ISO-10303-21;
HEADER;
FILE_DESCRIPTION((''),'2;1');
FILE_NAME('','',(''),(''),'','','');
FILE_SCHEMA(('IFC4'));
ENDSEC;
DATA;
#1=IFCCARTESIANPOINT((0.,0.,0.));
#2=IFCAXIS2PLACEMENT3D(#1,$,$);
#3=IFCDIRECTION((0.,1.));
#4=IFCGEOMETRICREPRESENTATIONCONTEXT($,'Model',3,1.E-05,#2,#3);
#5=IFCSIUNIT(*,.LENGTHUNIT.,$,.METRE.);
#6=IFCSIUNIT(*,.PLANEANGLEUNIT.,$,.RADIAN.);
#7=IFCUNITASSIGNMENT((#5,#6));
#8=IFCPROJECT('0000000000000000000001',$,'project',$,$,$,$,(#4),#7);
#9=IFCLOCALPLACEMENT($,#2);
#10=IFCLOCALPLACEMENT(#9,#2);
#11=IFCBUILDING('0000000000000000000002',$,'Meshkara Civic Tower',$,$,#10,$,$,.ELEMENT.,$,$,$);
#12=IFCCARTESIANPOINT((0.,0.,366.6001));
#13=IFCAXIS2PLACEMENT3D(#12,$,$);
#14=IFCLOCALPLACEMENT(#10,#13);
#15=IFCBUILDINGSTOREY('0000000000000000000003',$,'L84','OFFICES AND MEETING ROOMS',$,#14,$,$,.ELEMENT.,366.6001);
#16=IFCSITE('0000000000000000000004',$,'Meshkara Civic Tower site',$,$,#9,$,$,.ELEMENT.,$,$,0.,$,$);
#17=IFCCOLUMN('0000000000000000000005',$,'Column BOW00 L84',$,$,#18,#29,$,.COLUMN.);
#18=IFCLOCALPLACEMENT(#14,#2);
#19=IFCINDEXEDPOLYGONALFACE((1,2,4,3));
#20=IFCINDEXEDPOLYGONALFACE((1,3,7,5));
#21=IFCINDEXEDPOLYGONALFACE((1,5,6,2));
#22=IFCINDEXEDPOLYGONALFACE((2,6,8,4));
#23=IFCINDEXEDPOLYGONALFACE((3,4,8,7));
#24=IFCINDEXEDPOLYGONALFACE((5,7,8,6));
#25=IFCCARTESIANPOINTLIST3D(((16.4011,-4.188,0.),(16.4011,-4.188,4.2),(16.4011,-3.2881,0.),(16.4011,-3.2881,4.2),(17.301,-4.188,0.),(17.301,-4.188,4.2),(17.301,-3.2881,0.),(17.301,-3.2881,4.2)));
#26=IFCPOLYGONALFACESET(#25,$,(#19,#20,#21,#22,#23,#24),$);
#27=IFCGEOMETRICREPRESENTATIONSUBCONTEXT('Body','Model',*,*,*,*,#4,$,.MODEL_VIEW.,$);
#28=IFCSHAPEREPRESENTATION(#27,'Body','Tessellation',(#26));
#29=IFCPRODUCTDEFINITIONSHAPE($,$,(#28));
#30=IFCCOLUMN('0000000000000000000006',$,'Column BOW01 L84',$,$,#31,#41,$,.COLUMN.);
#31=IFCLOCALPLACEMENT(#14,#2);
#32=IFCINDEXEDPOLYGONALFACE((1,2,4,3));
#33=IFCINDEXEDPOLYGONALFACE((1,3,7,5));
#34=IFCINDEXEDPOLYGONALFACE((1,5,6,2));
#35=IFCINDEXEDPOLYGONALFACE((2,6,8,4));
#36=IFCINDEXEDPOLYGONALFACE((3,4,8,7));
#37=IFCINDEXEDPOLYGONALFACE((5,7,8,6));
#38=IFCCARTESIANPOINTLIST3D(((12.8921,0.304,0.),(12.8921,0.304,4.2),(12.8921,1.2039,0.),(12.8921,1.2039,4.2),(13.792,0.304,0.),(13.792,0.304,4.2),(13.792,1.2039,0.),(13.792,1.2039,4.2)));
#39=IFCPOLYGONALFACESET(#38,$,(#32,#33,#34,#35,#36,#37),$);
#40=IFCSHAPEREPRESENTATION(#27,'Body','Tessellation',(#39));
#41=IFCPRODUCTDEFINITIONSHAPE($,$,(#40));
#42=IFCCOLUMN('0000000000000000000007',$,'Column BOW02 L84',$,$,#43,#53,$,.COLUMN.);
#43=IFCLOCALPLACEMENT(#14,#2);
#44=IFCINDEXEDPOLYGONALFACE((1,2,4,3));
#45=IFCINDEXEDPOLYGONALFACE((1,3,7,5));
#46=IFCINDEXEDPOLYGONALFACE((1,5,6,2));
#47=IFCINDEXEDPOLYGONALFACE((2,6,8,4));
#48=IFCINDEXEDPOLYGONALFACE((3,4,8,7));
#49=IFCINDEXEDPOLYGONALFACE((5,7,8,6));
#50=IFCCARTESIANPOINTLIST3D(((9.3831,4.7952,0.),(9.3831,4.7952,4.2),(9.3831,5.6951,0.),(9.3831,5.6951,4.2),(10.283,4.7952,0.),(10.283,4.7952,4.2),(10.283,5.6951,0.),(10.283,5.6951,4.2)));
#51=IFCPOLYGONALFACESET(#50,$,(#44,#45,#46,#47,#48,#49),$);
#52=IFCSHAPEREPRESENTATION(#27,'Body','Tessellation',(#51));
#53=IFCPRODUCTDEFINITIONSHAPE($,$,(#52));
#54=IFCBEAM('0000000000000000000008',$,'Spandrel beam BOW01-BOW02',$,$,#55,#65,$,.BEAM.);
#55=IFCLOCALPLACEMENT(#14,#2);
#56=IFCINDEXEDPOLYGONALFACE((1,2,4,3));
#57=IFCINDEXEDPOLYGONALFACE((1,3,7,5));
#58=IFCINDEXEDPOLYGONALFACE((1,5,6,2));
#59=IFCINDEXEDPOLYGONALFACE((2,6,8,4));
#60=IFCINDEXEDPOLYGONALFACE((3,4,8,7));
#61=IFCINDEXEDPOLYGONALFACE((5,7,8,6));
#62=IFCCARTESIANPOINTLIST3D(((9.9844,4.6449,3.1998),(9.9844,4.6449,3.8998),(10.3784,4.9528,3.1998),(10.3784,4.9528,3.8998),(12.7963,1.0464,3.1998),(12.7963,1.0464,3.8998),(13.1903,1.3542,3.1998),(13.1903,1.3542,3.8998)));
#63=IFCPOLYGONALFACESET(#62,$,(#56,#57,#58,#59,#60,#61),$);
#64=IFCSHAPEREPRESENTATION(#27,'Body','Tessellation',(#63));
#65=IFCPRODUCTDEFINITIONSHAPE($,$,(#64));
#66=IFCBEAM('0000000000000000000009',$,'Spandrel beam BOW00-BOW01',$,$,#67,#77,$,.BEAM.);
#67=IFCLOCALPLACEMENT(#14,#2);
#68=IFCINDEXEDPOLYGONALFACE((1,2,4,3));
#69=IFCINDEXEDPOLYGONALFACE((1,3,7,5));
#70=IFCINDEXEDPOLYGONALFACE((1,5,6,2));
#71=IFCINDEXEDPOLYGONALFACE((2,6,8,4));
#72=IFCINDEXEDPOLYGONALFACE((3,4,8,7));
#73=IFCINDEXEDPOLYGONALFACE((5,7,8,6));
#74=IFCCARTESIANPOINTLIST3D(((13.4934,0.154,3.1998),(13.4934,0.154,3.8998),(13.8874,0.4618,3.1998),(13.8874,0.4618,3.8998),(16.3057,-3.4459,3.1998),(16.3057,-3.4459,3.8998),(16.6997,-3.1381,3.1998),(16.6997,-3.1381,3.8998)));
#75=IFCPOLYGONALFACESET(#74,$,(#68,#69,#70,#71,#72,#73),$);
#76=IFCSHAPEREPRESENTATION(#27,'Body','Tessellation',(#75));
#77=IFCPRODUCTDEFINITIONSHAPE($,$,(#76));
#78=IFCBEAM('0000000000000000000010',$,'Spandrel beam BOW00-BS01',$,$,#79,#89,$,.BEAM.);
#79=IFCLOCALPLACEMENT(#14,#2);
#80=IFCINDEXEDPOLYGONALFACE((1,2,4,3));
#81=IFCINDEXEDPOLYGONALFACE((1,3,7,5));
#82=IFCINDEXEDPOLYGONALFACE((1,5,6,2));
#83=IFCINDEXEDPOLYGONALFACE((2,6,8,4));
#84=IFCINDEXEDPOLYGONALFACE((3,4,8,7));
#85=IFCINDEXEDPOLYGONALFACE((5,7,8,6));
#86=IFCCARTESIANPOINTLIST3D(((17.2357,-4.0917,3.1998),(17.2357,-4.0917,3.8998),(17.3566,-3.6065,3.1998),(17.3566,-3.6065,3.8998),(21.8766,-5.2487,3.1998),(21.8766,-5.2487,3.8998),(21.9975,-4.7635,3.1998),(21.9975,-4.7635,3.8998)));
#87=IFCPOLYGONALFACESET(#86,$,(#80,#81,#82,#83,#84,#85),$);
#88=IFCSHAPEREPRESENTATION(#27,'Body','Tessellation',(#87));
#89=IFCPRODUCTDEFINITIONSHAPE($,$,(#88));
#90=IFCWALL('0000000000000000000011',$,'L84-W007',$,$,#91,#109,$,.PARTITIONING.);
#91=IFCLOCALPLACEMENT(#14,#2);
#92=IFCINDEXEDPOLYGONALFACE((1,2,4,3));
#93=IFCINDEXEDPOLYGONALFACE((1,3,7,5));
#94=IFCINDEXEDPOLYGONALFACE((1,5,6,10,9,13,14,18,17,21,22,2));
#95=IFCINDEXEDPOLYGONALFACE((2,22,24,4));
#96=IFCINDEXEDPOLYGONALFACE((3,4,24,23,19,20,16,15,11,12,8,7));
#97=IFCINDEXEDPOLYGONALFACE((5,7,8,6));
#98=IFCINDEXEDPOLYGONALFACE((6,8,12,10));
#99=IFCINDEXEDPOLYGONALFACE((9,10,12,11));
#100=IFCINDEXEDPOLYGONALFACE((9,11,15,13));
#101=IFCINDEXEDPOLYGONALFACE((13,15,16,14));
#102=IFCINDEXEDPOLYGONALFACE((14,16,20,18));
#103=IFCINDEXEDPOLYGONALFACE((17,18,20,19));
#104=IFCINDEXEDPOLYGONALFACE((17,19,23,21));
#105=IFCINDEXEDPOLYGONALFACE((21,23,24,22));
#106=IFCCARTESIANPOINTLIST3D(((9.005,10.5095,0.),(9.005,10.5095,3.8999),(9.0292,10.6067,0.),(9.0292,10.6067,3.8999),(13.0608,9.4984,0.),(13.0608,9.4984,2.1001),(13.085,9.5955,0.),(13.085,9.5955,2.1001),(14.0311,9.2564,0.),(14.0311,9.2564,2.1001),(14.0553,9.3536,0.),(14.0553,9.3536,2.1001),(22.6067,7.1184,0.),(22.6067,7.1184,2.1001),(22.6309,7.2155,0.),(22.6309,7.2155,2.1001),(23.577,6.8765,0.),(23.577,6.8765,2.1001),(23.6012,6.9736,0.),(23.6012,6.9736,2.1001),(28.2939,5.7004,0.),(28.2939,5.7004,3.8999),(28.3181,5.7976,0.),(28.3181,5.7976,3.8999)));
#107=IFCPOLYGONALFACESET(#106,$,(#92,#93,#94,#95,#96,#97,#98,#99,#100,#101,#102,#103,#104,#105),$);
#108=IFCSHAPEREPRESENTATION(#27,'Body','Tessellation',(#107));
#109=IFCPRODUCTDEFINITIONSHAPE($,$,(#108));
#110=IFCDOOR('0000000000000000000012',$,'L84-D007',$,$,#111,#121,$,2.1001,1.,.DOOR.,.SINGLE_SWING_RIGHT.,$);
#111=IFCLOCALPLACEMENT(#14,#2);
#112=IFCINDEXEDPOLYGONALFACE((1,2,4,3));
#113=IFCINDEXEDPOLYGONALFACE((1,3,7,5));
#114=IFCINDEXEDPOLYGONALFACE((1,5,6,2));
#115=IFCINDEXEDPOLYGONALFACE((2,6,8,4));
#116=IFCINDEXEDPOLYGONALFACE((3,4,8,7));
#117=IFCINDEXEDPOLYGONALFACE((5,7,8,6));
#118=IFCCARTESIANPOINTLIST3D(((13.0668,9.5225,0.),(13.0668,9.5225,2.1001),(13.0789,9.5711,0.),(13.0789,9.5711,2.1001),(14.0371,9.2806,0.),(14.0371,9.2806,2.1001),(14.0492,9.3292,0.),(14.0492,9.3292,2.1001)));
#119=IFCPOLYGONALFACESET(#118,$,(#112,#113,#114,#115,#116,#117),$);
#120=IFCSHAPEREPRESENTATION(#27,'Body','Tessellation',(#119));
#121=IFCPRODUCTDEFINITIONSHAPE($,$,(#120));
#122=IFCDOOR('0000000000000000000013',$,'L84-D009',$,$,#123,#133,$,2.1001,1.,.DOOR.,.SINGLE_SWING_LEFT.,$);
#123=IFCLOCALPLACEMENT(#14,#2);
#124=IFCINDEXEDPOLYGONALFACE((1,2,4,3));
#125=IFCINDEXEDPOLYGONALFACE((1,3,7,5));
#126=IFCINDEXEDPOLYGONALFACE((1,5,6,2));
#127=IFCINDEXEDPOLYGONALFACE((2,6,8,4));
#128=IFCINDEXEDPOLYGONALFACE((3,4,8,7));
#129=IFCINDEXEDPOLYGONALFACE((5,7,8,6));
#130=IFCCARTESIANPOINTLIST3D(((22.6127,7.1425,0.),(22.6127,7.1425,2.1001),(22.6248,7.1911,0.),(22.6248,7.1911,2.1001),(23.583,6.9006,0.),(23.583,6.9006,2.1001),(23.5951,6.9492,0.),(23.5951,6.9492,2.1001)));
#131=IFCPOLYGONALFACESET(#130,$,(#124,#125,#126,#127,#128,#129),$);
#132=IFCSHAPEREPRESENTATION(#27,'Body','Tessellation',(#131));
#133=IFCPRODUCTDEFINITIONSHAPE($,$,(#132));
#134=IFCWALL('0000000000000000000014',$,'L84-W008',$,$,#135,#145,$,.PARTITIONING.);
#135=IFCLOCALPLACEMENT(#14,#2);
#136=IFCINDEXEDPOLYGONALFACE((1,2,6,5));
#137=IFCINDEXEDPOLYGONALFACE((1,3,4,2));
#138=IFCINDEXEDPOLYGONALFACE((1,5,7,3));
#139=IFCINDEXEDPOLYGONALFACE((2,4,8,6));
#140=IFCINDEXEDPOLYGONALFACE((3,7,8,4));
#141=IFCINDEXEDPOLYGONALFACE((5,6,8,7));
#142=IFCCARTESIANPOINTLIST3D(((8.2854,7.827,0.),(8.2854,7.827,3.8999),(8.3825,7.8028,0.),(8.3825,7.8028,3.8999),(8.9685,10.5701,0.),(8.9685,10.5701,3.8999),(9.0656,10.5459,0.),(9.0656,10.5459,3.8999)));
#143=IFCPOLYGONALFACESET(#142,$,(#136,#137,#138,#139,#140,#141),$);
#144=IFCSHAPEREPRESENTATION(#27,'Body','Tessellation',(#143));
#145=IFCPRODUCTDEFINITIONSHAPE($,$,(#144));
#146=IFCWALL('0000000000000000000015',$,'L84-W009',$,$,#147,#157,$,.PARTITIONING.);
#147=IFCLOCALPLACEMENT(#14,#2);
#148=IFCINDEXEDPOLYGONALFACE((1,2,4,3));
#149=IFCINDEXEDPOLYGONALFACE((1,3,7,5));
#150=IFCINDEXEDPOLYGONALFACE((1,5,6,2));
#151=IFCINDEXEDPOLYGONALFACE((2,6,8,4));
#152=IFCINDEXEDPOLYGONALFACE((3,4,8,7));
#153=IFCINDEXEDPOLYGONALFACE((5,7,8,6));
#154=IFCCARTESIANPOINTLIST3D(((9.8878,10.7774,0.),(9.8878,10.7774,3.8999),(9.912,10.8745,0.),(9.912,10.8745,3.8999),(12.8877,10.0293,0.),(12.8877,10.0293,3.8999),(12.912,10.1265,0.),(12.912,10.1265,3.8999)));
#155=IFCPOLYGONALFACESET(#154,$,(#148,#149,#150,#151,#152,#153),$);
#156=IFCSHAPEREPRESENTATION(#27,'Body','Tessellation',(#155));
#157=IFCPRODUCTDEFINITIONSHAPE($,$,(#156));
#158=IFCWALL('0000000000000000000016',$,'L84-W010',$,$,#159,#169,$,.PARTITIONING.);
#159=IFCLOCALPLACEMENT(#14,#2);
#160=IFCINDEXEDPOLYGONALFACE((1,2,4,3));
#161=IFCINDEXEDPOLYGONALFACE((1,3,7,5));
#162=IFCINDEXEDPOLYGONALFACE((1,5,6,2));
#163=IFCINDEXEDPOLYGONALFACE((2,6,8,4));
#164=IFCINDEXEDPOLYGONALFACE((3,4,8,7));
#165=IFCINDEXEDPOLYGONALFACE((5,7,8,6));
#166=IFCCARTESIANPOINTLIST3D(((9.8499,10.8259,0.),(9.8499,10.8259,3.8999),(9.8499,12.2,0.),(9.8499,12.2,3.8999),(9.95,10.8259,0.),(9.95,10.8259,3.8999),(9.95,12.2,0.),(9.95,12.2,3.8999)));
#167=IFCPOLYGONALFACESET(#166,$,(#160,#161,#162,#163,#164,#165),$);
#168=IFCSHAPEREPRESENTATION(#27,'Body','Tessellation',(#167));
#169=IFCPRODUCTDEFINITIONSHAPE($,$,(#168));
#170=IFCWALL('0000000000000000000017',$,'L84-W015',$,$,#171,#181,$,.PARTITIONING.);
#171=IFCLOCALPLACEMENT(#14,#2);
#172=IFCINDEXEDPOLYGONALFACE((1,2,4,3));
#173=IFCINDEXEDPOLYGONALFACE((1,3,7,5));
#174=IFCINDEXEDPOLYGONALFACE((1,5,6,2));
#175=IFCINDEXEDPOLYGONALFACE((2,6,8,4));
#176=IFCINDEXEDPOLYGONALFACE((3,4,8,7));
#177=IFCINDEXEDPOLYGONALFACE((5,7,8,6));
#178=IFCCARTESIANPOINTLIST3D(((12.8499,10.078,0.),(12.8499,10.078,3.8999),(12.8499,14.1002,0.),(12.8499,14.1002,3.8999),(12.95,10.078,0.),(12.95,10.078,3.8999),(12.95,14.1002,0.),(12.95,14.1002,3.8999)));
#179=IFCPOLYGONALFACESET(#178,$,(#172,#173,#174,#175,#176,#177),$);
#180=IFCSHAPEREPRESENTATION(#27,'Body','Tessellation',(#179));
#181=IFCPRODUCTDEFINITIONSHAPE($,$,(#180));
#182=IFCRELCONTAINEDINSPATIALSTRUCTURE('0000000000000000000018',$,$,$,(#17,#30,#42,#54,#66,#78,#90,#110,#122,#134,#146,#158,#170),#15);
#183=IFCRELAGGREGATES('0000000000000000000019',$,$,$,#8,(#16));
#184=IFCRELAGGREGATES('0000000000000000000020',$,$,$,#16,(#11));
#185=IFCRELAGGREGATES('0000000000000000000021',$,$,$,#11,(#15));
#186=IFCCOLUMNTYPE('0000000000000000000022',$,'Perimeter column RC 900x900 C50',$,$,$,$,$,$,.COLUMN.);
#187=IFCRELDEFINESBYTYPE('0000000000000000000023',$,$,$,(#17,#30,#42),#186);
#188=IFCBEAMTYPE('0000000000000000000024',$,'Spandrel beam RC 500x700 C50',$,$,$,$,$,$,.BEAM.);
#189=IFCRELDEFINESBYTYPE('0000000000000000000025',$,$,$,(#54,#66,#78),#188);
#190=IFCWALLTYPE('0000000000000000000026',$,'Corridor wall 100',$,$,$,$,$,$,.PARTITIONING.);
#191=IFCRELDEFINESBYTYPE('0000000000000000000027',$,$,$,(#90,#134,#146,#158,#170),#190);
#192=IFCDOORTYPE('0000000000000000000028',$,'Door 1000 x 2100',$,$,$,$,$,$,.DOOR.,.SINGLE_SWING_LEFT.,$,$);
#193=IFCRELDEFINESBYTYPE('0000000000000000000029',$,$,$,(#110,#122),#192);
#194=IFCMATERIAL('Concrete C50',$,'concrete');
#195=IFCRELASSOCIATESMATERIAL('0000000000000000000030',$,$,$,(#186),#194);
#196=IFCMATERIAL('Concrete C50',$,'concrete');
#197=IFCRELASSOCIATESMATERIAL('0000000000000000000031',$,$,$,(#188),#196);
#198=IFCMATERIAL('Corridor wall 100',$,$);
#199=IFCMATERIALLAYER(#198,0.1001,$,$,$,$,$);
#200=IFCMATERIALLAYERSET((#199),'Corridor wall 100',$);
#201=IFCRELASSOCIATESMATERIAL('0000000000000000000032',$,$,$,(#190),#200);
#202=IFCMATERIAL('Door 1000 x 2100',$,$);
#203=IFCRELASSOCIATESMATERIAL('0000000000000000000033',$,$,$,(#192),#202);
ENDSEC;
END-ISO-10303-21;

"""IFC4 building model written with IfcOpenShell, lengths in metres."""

from ifc_helpers import new_model, si_unit, direction, frame, frame_2d, origin, origin_2d, place, context, subcontext, project, spatial, rectangle, extrude, material, layer, layer_set, material_profile, profile_set, type_object, element, fill, save


model = new_model("IFC4")

# Units and contexts
model_context = context("Model", 3, precision=1e-05, world=origin(), true_north=direction((0.0, 1.0)))
body_context = subcontext(model_context, "Body", "Model", "MODEL_VIEW")
ifc_project = project(units=[si_unit("LENGTHUNIT", "METRE"), si_unit("PLANEANGLEUNIT", "RADIAN")], contexts=[model_context])

# Site, building, storey
site_placement = place(None, origin())
site = spatial("IfcSite", under=ifc_project, at=site_placement, Name="Meshkara Civic Tower site", CompositionType="ELEMENT", RefElevation=0.0)
building_placement = place(site_placement, origin())
building = spatial("IfcBuilding", under=site, at=building_placement, Name="Meshkara Civic Tower", CompositionType="ELEMENT")
storey_placement = place(building_placement, frame((0.0, 0.0, 366.6001)))
storey = spatial("IfcBuildingStorey", under=building, at=storey_placement, Name="L84", Description="OFFICES AND MEETING ROOMS", CompositionType="ELEMENT", Elevation=366.6001)

# Columns
ifc_material_1 = material(Name="Concrete C50", Category="concrete")
ifc_material_profile_1 = material_profile(ifc_material_1, rectangle(XDim=0.8999, YDim=0.8999, at=origin_2d()))
ifc_profile_set_1 = profile_set([ifc_material_profile_1], Name="Concrete C50")
column_type = type_object("IfcColumnType", Name="Perimeter column RC 900x900 C50", PredefinedType="COLUMN", material=ifc_profile_set_1)
for number, where, z_axis, x_axis, name in (
    (1, (16.8511, -3.738, 0.0), (0.0, 0.0, 1.0), (1.0, 0.0, 0.0), "Column BOW00 L84"),
    (2, (13.342, 0.7539, 0.0), (0.0, 0.0, 1.0), (1.0, 0.0, 0.0), "Column BOW01 L84"),
    (3, (9.833, 5.2451, 0.0), (0.0, 0.0, 1.0), (1.0, 0.0, 0.0), "Column BOW02 L84"),
):
    element("IfcColumn", number, at=place(storey_placement, frame(where, z_axis=z_axis, x_axis=x_axis)), inside=storey, type_object=column_type, Name=name, PredefinedType="COLUMN", context=body_context, shape_type="SweptSolid", body=[
        extrude(rectangle(XDim=0.8999, YDim=0.8999, at=origin_2d()), origin(), (0.0, 0.0, 1.0), 4.2),
    ])

# Beams
ifc_material_2 = material(Name="Concrete C50", Category="concrete")
ifc_material_profile_2 = material_profile(ifc_material_2, rectangle(XDim=0.5, YDim=0.7, at=origin_2d()))
ifc_profile_set_2 = profile_set([ifc_material_profile_2], Name="Concrete C50")
beam_type = type_object("IfcBeamType", Name="Spandrel beam RC 500x700 C50", PredefinedType="BEAM", material=ifc_profile_set_2)
beam_1_placement = place(storey_placement, frame((10.1814, 4.7988, 3.5498), z_axis=(0.615723, -0.787963, 0.0), x_axis=(0.787963, 0.615723, 0.0)))
element("IfcBeam", 4, at=beam_1_placement, inside=storey, type_object=beam_type, Name="Spandrel beam BOW01-BOW02", PredefinedType="BEAM", context=body_context, shape_type="SweptSolid", body=[
    extrude(rectangle(XDim=0.5, YDim=0.7, at=origin_2d()), origin(), (0.0, 0.0, 1.0), 4.5669),
])
beam_2_placement = place(storey_placement, frame((13.6904, 0.3079, 3.5498), z_axis=(0.615626, -0.788038, 0.0), x_axis=(0.788038, 0.615626, 0.0)))
element("IfcBeam", 5, at=beam_2_placement, inside=storey, type_object=beam_type, Name="Spandrel beam BOW00-BOW01", PredefinedType="BEAM", context=body_context, shape_type="SweptSolid", body=[
    extrude(rectangle(XDim=0.5, YDim=0.7, at=origin_2d()), origin(), (0.0, 0.0, 1.0), 4.5681),
])
beam_3_placement = place(storey_placement, frame((17.2961, -3.8491, 3.5498), z_axis=(0.970301, -0.241899, 0.0), x_axis=(0.241899, 0.970301, 0.0)))
element("IfcBeam", 6, at=beam_3_placement, inside=storey, type_object=beam_type, Name="Spandrel beam BOW00-BS01", PredefinedType="BEAM", context=body_context, shape_type="SweptSolid", body=[
    extrude(rectangle(XDim=0.5, YDim=0.7, at=origin_2d()), origin(), (0.0, 0.0, 1.0), 4.783),
])

# Wall, openings, doors
ifc_material_3 = material(Name="Corridor wall 100")
ifc_layer_1 = layer(ifc_material_3, 0.1001)
ifc_layer_set_1 = layer_set([ifc_layer_1], Name="Corridor wall 100")
wall_type_1 = type_object("IfcWallType", Name="Corridor wall 100", PredefinedType="PARTITIONING", material=ifc_layer_set_1)
wall_1_placement = place(storey_placement, frame((9.0171, 10.5581, 0.0), z_axis=(0.0, 0.0, 1.0), x_axis=(0.970298, -0.241914, 0.0)))
wall_1 = element("IfcWall", 7, at=wall_1_placement, inside=storey, type_object=wall_type_1, Name="L84-W007", PredefinedType="PARTITIONING", context=body_context, shape_type="SweptSolid", body=[
    extrude(rectangle(XDim=19.8794, YDim=0.1001, at=frame_2d((9.9397, 0.0))), origin(), (0.0, 0.0, 1.0), 3.8999),
])
opening_1_placement = place(wall_1_placement, frame((4.1799, 0.0, 0.0)))
opening_1 = element("IfcOpeningElement", 8, at=opening_1_placement, cuts=wall_1, PredefinedType="OPENING", context=body_context, shape_type="SweptSolid", body=[
    extrude(rectangle(XDim=1.0, YDim=2.1001, at=frame_2d((0.5, 1.05))), frame((0.0, 0.0601, 0.0), z_axis=(0.0, -1.0, 0.0), x_axis=(1.0, 0.0, 0.0)), (0.0, 0.0, 1.0), 0.1201),
])
opening_2_placement = place(wall_1_placement, frame((14.0181, 0.0, 0.0)))
opening_2 = element("IfcOpeningElement", 9, at=opening_2_placement, cuts=wall_1, PredefinedType="OPENING", context=body_context, shape_type="SweptSolid", body=[
    extrude(rectangle(XDim=1.0, YDim=2.1001, at=frame_2d((0.5, 1.05))), frame((0.0, 0.0601, 0.0), z_axis=(0.0, -1.0, 0.0), x_axis=(1.0, 0.0, 0.0)), (0.0, 0.0, 1.0), 0.1201),
])
ifc_material_4 = material(Name="Door 1000 x 2100")
door_type = type_object("IfcDoorType", Name="Door 1000 x 2100", OperationType="SINGLE_SWING_LEFT", PredefinedType="DOOR", material=ifc_material_4)
door_1_placement = place(opening_1_placement, origin())
door_1 = element("IfcDoor", 10, at=door_1_placement, inside=storey, type_object=door_type, Name="L84-D007", OperationType="SINGLE_SWING_RIGHT", OverallHeight=2.1001, OverallWidth=1.0, PredefinedType="DOOR", context=body_context, shape_type="SweptSolid", body=[
    extrude(rectangle(XDim=1.0, YDim=2.1001, at=frame_2d((0.5, 1.05))), frame((0.0, 0.0249, 0.0), z_axis=(0.0, -1.0, 0.0), x_axis=(1.0, 0.0, 0.0)), (0.0, 0.0, 1.0), 0.05),
])
fill(opening_1, door_1)
door_2_placement = place(opening_2_placement, origin())
door_2 = element("IfcDoor", 11, at=door_2_placement, inside=storey, type_object=door_type, Name="L84-D009", OperationType="SINGLE_SWING_LEFT", OverallHeight=2.1001, OverallWidth=1.0, PredefinedType="DOOR", context=body_context, shape_type="SweptSolid", body=[
    extrude(rectangle(XDim=1.0, YDim=2.1001, at=frame_2d((0.5, 1.05))), frame((0.0, 0.0249, 0.0), z_axis=(0.0, -1.0, 0.0), x_axis=(1.0, 0.0, 0.0)), (0.0, 0.0, 1.0), 0.05),
])
fill(opening_2, door_2)

# Walls
wall_2_placement = place(storey_placement, frame((9.0171, 10.5581, 0.0), z_axis=(0.0, 0.0, 1.0), x_axis=(-0.241641, -0.970366, 0.0)))
element("IfcWall", 12, at=wall_2_placement, inside=storey, type_object=wall_type_1, Name="L84-W008", PredefinedType="PARTITIONING", context=body_context, shape_type="SweptSolid", body=[
    extrude(rectangle(XDim=2.8269, YDim=0.1001, at=frame_2d((1.4136, 0.0))), origin(), (0.0, 0.0, 1.0), 3.8999),
])
wall_3_placement = place(storey_placement, frame((9.8999, 10.8259, 0.0), z_axis=(0.0, 0.0, 1.0), x_axis=(0.970291, -0.241941, 0.0)))
element("IfcWall", 13, at=wall_3_placement, inside=storey, type_object=wall_type_1, Name="L84-W009", PredefinedType="PARTITIONING", context=body_context, shape_type="SweptSolid", body=[
    extrude(rectangle(XDim=3.0918, YDim=0.1001, at=frame_2d((1.5459, 0.0))), origin(), (0.0, 0.0, 1.0), 3.8999),
])
wall_4_placement = place(storey_placement, frame((9.8999, 12.2, 0.0), z_axis=(0.0, 0.0, 1.0), x_axis=(0.0, -1.0, 0.0)))
element("IfcWall", 14, at=wall_4_placement, inside=storey, type_object=wall_type_1, Name="L84-W010", PredefinedType="PARTITIONING", context=body_context, shape_type="SweptSolid", body=[
    extrude(rectangle(XDim=1.374, YDim=0.1001, at=frame_2d((0.687, 0.0))), origin(), (0.0, 0.0, 1.0), 3.8999),
])
wall_5_placement = place(storey_placement, frame((12.8999, 10.0779, 0.0), z_axis=(0.0, 0.0, 1.0), x_axis=(0.0, 1.0, 0.0)))
element("IfcWall", 15, at=wall_5_placement, inside=storey, type_object=wall_type_1, Name="L84-W015", PredefinedType="PARTITIONING", context=body_context, shape_type="SweptSolid", body=[
    extrude(rectangle(XDim=4.0222, YDim=0.1001, at=frame_2d((2.0112, 0.0))), origin(), (0.0, 0.0, 1.0), 3.8999),
])

save(model, "model.ifc")
